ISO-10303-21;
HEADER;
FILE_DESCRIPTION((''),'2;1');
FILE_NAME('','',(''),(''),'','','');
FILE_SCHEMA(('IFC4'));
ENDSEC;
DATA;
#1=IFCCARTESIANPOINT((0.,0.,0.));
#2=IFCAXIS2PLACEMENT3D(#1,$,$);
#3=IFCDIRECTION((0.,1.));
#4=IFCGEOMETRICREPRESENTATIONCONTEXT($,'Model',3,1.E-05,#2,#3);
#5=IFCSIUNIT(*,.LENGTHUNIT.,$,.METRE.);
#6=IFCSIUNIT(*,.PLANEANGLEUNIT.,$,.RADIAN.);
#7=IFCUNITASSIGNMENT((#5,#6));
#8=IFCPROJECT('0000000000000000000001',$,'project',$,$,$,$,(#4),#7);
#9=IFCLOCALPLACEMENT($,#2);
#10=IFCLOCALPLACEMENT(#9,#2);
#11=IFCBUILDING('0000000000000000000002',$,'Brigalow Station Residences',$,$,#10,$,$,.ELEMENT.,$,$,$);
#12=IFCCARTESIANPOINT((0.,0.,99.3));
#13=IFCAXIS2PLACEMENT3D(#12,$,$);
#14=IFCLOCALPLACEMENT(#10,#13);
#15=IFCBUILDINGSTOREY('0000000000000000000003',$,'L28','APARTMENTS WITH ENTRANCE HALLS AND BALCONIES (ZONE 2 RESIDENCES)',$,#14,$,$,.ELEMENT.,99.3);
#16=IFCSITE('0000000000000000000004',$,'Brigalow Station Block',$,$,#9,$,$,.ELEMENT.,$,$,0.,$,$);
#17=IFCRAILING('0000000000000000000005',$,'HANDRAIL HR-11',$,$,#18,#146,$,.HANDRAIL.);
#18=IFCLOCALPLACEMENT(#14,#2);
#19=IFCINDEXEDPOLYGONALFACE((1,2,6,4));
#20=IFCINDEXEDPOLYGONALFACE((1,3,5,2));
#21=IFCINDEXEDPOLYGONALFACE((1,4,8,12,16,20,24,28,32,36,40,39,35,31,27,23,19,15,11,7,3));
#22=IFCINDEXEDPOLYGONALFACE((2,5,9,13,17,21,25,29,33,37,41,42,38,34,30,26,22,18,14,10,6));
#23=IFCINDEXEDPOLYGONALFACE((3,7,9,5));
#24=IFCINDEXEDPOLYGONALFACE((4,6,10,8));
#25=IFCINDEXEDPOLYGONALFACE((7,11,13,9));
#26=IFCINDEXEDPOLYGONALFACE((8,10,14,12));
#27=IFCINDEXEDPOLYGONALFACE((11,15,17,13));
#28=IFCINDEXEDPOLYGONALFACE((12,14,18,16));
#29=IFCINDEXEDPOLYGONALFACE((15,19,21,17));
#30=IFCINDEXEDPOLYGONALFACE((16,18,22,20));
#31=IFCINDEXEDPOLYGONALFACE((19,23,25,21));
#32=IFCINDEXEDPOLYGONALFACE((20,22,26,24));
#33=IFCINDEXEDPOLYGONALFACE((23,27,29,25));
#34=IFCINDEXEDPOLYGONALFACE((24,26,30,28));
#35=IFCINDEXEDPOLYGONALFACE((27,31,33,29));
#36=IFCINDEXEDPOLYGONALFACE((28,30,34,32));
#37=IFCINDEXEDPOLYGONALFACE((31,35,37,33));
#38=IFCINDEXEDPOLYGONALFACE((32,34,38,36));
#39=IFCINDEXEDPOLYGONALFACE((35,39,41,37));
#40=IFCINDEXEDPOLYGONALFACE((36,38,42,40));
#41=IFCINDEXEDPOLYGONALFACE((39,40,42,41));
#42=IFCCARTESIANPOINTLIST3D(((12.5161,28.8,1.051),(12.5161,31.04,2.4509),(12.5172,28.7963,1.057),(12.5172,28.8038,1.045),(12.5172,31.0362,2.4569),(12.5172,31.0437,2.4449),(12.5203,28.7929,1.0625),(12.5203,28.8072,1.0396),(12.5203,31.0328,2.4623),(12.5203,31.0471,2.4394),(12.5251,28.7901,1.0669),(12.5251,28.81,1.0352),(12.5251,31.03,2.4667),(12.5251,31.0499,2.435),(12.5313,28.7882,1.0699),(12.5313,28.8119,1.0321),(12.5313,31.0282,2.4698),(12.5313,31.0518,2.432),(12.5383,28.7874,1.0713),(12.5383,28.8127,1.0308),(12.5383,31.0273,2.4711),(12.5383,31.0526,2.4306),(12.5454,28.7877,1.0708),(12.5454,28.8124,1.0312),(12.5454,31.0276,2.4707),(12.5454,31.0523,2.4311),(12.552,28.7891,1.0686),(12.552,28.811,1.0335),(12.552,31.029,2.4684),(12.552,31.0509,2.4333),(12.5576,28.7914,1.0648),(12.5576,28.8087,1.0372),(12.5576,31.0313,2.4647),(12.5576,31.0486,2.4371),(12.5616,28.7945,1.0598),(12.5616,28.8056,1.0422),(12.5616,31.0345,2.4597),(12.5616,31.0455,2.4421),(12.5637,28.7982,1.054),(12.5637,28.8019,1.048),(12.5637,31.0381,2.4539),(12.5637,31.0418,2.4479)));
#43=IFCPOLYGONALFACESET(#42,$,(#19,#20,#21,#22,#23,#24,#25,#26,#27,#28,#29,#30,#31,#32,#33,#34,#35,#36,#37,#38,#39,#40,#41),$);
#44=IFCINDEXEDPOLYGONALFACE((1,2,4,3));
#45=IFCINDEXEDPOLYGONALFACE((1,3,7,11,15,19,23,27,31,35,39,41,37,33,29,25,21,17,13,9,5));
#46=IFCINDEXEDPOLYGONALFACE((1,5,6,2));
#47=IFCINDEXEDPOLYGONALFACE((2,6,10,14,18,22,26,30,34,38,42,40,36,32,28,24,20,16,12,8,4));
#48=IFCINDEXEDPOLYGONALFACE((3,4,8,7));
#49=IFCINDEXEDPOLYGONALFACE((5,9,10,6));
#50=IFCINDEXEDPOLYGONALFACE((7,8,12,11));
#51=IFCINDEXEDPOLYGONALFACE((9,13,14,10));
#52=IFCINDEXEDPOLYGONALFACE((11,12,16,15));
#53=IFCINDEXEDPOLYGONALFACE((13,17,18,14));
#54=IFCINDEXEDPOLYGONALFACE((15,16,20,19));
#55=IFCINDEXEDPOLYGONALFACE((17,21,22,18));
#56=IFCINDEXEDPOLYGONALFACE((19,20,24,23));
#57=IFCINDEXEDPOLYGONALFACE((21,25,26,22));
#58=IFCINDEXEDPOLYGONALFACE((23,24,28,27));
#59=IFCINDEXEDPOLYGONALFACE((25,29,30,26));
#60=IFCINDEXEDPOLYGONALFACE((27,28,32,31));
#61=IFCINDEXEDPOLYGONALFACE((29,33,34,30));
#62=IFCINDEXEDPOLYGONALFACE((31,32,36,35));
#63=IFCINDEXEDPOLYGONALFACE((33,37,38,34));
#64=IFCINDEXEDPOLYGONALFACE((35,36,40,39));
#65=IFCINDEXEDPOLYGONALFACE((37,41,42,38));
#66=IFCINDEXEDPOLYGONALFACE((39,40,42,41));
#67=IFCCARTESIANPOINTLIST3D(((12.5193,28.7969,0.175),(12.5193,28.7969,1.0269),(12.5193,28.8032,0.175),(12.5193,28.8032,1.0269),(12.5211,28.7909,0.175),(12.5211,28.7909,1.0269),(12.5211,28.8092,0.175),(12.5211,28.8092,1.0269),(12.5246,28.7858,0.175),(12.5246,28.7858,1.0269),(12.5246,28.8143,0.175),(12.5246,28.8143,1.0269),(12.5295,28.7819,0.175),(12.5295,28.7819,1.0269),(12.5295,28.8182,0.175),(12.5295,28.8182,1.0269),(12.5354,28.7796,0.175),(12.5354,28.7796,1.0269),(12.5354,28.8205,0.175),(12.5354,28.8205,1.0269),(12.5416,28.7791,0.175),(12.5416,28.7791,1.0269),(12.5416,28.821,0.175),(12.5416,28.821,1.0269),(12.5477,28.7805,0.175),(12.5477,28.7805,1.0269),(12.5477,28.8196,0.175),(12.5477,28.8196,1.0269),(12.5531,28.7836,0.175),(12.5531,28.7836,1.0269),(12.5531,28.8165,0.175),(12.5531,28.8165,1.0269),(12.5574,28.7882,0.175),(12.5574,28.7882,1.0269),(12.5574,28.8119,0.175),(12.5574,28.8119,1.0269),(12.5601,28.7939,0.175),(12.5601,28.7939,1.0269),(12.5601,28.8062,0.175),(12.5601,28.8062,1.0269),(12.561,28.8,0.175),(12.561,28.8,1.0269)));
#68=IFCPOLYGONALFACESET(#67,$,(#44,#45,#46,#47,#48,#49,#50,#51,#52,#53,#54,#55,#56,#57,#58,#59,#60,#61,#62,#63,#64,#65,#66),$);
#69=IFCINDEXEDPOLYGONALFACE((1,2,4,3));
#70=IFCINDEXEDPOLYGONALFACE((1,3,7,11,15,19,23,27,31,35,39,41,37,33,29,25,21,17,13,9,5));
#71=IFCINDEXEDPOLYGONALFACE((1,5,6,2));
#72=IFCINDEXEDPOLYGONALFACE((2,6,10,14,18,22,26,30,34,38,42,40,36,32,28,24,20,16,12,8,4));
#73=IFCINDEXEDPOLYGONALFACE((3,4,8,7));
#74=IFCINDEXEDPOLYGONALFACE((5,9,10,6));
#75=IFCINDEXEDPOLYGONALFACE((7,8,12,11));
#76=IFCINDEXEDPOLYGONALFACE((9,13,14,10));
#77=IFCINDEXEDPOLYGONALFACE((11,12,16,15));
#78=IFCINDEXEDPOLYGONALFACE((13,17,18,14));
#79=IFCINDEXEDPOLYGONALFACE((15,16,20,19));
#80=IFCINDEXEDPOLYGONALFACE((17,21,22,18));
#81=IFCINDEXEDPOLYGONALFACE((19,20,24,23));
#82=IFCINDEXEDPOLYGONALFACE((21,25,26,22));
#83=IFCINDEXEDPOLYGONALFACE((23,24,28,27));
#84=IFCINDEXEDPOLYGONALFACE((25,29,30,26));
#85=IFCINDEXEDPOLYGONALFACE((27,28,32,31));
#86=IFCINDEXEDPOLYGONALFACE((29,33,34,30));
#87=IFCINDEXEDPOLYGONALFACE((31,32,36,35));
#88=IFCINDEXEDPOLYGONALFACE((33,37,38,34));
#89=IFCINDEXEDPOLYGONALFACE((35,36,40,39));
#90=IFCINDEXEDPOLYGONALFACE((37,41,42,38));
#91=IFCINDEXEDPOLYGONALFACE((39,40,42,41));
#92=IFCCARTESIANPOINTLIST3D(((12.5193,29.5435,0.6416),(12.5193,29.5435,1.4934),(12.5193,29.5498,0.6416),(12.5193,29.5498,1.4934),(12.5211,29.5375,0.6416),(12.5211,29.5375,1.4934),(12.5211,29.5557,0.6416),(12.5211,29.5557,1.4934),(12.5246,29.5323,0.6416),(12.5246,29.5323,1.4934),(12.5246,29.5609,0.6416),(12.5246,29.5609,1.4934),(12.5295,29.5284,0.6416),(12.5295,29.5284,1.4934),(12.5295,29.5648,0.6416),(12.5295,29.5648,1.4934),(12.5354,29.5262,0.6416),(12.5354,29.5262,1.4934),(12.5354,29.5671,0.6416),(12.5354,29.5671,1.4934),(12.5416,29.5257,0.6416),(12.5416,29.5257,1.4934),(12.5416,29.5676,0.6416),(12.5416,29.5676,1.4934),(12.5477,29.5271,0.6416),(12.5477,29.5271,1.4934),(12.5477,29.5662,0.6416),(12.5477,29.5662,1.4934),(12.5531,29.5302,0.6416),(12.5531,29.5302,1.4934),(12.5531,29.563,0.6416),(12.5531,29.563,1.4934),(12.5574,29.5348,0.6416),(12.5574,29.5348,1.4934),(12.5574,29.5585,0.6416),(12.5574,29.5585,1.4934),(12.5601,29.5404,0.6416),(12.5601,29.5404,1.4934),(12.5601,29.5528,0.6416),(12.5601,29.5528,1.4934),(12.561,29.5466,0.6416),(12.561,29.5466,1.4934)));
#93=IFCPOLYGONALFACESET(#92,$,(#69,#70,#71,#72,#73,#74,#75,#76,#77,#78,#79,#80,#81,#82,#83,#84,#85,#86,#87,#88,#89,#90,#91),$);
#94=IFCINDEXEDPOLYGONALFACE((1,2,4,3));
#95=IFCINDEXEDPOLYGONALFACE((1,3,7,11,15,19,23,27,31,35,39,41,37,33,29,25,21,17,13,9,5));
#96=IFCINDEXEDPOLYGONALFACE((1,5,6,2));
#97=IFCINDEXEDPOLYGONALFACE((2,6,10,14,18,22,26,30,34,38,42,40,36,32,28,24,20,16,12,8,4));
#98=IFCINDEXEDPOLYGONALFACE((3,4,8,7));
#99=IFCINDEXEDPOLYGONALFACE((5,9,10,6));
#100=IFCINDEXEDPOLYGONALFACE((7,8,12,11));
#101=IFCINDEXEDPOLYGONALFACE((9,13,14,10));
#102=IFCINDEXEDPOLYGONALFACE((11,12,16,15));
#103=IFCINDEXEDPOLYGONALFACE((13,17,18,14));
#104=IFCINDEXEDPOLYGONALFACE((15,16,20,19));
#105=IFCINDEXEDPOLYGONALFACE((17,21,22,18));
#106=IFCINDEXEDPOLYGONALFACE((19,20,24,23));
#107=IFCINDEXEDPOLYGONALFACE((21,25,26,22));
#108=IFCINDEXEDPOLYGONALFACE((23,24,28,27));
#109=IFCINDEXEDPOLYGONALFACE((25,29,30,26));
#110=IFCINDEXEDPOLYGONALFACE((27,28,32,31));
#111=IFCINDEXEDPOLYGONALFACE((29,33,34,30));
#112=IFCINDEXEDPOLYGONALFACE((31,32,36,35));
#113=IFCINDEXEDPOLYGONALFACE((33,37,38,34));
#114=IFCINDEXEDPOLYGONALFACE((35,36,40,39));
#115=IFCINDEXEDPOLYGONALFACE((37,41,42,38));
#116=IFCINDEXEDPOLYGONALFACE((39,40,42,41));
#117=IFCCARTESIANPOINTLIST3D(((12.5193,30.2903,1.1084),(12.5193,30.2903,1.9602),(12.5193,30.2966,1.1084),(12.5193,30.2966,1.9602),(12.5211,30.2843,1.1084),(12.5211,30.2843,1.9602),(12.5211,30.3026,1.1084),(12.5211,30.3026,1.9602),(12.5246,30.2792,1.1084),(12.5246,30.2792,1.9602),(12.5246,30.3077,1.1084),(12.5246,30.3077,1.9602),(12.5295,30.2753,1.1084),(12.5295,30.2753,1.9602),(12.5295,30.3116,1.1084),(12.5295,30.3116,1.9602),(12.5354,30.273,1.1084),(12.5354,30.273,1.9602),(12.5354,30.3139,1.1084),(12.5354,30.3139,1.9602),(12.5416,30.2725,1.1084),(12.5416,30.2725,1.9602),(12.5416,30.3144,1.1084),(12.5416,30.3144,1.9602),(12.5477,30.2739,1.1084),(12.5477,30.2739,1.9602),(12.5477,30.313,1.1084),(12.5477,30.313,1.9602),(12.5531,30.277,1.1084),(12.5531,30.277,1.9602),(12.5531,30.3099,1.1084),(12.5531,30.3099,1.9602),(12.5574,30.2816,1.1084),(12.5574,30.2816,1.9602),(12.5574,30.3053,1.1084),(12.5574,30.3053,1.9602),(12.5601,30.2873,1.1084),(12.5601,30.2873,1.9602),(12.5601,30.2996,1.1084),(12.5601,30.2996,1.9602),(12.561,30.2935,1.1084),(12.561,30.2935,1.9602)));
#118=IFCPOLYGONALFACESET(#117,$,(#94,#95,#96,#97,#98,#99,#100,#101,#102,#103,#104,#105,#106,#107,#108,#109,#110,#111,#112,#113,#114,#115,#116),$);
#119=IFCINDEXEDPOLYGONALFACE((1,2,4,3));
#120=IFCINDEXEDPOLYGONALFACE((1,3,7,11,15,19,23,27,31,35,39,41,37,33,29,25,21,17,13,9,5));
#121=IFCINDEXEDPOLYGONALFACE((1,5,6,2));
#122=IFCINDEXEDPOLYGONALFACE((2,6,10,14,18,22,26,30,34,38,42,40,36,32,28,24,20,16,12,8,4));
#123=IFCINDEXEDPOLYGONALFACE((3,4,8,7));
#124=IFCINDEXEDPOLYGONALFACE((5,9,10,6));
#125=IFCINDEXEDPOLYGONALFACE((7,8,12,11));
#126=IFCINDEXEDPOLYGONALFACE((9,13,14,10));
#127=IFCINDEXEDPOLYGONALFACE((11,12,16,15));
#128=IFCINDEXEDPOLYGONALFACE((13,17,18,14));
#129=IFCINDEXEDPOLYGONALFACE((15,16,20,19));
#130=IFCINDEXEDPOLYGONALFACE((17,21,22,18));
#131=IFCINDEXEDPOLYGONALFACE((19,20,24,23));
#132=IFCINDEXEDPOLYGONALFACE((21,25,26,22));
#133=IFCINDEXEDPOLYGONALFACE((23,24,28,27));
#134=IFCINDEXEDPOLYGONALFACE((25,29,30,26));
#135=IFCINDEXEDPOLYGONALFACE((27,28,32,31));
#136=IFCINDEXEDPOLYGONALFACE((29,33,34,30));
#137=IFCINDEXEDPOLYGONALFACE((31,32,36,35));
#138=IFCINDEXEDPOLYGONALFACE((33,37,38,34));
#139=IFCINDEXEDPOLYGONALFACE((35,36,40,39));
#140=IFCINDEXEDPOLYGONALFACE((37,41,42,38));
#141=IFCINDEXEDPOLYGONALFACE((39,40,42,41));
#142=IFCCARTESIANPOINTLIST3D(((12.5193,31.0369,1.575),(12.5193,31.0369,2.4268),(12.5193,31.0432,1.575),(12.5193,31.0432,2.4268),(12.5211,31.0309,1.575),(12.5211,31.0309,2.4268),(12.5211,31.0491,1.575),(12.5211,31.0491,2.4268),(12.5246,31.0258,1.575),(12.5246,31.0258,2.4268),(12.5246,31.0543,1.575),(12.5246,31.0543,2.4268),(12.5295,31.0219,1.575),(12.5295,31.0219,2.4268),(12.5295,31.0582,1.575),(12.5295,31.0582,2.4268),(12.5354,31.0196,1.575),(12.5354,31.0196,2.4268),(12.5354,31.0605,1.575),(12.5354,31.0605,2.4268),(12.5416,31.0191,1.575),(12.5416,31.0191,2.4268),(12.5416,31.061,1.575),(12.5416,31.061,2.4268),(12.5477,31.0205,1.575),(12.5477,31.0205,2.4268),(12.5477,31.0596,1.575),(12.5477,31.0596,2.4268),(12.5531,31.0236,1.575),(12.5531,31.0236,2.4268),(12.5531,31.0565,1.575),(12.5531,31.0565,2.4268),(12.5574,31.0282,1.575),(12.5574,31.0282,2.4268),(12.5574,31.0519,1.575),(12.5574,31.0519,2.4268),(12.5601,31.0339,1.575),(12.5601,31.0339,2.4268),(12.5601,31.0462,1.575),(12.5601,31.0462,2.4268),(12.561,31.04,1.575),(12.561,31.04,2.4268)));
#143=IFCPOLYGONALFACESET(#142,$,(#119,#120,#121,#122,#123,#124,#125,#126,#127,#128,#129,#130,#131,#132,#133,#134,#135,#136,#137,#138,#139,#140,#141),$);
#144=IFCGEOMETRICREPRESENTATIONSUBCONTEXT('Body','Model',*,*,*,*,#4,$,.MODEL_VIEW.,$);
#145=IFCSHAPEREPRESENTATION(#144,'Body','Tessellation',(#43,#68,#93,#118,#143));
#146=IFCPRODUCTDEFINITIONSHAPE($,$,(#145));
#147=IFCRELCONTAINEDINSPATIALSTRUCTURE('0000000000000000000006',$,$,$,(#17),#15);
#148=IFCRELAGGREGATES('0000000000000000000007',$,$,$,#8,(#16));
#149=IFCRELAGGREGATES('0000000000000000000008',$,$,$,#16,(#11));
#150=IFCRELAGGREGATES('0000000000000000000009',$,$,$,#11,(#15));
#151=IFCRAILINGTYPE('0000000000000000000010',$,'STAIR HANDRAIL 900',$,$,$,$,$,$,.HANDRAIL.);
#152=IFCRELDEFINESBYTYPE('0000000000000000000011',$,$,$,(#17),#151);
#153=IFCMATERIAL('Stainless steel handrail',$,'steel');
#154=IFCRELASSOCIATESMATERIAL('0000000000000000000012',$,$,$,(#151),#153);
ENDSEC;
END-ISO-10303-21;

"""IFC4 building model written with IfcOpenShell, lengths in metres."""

from ifc_helpers import new_model, si_unit, direction, frame, origin, origin_2d, place, context, subcontext, project, spatial, circle, extrude, material, type_object, element, save


model = new_model("IFC4")

# Units and contexts
model_context = context("Model", 3, precision=1e-05, world=origin(), true_north=direction((0.0, 1.0)))
body_context = subcontext(model_context, "Body", "Model", "MODEL_VIEW")
ifc_project = project(units=[si_unit("LENGTHUNIT", "METRE"), si_unit("PLANEANGLEUNIT", "RADIAN")], contexts=[model_context])

# Site, building, storey
site_placement = place(None, origin())
site = spatial("IfcSite", under=ifc_project, at=site_placement, Name="Brigalow Station Block", CompositionType="ELEMENT", RefElevation=0.0)
building_placement = place(site_placement, origin())
building = spatial("IfcBuilding", under=site, at=building_placement, Name="Brigalow Station Residences", CompositionType="ELEMENT")
storey_placement = place(building_placement, frame((0.0, 0.0, 99.3)))
storey = spatial("IfcBuildingStorey", under=building, at=storey_placement, Name="L28", Description="APARTMENTS WITH ENTRANCE HALLS AND BALCONIES (ZONE 2 RESIDENCES)", CompositionType="ELEMENT", Elevation=99.3)

# Railing
ifc_material_1 = material(Name="Stainless steel handrail", Category="steel")
railing_type_1 = type_object("IfcRailingType", Name="STAIR HANDRAIL 900", PredefinedType="HANDRAIL", material=ifc_material_1)
railing_1_placement = place(storey_placement, frame((12.54, 28.8, 0.175)))
element("IfcRailing", 1, at=railing_1_placement, inside=storey, type_object=railing_type_1, Name="HANDRAIL HR-11", PredefinedType="HANDRAIL", context=body_context, shape_type="SweptSolid", body=[
    extrude(circle(Radius=0.0239, at=origin_2d()), frame((0.0, 0.0, 0.876), z_axis=(0.0, 0.848014, 0.529974), x_axis=(-1.0, 0.0, 0.0)), (0.0, 0.0, 1.0), 2.6414),
    extrude(circle(Radius=0.021, at=origin_2d()), origin(), (0.0, 0.0, 1.0), 0.8518),
    extrude(circle(Radius=0.021, at=origin_2d()), frame((0.0, 0.7466, 0.4666)), (0.0, 0.0, 1.0), 0.8518),
    extrude(circle(Radius=0.021, at=origin_2d()), frame((0.0, 1.4934, 0.9333)), (0.0, 0.0, 1.0), 0.8518),
    extrude(circle(Radius=0.021, at=origin_2d()), frame((0.0, 2.24, 1.3999)), (0.0, 0.0, 1.0), 0.8518),
])

save(model, "model.ifc")
